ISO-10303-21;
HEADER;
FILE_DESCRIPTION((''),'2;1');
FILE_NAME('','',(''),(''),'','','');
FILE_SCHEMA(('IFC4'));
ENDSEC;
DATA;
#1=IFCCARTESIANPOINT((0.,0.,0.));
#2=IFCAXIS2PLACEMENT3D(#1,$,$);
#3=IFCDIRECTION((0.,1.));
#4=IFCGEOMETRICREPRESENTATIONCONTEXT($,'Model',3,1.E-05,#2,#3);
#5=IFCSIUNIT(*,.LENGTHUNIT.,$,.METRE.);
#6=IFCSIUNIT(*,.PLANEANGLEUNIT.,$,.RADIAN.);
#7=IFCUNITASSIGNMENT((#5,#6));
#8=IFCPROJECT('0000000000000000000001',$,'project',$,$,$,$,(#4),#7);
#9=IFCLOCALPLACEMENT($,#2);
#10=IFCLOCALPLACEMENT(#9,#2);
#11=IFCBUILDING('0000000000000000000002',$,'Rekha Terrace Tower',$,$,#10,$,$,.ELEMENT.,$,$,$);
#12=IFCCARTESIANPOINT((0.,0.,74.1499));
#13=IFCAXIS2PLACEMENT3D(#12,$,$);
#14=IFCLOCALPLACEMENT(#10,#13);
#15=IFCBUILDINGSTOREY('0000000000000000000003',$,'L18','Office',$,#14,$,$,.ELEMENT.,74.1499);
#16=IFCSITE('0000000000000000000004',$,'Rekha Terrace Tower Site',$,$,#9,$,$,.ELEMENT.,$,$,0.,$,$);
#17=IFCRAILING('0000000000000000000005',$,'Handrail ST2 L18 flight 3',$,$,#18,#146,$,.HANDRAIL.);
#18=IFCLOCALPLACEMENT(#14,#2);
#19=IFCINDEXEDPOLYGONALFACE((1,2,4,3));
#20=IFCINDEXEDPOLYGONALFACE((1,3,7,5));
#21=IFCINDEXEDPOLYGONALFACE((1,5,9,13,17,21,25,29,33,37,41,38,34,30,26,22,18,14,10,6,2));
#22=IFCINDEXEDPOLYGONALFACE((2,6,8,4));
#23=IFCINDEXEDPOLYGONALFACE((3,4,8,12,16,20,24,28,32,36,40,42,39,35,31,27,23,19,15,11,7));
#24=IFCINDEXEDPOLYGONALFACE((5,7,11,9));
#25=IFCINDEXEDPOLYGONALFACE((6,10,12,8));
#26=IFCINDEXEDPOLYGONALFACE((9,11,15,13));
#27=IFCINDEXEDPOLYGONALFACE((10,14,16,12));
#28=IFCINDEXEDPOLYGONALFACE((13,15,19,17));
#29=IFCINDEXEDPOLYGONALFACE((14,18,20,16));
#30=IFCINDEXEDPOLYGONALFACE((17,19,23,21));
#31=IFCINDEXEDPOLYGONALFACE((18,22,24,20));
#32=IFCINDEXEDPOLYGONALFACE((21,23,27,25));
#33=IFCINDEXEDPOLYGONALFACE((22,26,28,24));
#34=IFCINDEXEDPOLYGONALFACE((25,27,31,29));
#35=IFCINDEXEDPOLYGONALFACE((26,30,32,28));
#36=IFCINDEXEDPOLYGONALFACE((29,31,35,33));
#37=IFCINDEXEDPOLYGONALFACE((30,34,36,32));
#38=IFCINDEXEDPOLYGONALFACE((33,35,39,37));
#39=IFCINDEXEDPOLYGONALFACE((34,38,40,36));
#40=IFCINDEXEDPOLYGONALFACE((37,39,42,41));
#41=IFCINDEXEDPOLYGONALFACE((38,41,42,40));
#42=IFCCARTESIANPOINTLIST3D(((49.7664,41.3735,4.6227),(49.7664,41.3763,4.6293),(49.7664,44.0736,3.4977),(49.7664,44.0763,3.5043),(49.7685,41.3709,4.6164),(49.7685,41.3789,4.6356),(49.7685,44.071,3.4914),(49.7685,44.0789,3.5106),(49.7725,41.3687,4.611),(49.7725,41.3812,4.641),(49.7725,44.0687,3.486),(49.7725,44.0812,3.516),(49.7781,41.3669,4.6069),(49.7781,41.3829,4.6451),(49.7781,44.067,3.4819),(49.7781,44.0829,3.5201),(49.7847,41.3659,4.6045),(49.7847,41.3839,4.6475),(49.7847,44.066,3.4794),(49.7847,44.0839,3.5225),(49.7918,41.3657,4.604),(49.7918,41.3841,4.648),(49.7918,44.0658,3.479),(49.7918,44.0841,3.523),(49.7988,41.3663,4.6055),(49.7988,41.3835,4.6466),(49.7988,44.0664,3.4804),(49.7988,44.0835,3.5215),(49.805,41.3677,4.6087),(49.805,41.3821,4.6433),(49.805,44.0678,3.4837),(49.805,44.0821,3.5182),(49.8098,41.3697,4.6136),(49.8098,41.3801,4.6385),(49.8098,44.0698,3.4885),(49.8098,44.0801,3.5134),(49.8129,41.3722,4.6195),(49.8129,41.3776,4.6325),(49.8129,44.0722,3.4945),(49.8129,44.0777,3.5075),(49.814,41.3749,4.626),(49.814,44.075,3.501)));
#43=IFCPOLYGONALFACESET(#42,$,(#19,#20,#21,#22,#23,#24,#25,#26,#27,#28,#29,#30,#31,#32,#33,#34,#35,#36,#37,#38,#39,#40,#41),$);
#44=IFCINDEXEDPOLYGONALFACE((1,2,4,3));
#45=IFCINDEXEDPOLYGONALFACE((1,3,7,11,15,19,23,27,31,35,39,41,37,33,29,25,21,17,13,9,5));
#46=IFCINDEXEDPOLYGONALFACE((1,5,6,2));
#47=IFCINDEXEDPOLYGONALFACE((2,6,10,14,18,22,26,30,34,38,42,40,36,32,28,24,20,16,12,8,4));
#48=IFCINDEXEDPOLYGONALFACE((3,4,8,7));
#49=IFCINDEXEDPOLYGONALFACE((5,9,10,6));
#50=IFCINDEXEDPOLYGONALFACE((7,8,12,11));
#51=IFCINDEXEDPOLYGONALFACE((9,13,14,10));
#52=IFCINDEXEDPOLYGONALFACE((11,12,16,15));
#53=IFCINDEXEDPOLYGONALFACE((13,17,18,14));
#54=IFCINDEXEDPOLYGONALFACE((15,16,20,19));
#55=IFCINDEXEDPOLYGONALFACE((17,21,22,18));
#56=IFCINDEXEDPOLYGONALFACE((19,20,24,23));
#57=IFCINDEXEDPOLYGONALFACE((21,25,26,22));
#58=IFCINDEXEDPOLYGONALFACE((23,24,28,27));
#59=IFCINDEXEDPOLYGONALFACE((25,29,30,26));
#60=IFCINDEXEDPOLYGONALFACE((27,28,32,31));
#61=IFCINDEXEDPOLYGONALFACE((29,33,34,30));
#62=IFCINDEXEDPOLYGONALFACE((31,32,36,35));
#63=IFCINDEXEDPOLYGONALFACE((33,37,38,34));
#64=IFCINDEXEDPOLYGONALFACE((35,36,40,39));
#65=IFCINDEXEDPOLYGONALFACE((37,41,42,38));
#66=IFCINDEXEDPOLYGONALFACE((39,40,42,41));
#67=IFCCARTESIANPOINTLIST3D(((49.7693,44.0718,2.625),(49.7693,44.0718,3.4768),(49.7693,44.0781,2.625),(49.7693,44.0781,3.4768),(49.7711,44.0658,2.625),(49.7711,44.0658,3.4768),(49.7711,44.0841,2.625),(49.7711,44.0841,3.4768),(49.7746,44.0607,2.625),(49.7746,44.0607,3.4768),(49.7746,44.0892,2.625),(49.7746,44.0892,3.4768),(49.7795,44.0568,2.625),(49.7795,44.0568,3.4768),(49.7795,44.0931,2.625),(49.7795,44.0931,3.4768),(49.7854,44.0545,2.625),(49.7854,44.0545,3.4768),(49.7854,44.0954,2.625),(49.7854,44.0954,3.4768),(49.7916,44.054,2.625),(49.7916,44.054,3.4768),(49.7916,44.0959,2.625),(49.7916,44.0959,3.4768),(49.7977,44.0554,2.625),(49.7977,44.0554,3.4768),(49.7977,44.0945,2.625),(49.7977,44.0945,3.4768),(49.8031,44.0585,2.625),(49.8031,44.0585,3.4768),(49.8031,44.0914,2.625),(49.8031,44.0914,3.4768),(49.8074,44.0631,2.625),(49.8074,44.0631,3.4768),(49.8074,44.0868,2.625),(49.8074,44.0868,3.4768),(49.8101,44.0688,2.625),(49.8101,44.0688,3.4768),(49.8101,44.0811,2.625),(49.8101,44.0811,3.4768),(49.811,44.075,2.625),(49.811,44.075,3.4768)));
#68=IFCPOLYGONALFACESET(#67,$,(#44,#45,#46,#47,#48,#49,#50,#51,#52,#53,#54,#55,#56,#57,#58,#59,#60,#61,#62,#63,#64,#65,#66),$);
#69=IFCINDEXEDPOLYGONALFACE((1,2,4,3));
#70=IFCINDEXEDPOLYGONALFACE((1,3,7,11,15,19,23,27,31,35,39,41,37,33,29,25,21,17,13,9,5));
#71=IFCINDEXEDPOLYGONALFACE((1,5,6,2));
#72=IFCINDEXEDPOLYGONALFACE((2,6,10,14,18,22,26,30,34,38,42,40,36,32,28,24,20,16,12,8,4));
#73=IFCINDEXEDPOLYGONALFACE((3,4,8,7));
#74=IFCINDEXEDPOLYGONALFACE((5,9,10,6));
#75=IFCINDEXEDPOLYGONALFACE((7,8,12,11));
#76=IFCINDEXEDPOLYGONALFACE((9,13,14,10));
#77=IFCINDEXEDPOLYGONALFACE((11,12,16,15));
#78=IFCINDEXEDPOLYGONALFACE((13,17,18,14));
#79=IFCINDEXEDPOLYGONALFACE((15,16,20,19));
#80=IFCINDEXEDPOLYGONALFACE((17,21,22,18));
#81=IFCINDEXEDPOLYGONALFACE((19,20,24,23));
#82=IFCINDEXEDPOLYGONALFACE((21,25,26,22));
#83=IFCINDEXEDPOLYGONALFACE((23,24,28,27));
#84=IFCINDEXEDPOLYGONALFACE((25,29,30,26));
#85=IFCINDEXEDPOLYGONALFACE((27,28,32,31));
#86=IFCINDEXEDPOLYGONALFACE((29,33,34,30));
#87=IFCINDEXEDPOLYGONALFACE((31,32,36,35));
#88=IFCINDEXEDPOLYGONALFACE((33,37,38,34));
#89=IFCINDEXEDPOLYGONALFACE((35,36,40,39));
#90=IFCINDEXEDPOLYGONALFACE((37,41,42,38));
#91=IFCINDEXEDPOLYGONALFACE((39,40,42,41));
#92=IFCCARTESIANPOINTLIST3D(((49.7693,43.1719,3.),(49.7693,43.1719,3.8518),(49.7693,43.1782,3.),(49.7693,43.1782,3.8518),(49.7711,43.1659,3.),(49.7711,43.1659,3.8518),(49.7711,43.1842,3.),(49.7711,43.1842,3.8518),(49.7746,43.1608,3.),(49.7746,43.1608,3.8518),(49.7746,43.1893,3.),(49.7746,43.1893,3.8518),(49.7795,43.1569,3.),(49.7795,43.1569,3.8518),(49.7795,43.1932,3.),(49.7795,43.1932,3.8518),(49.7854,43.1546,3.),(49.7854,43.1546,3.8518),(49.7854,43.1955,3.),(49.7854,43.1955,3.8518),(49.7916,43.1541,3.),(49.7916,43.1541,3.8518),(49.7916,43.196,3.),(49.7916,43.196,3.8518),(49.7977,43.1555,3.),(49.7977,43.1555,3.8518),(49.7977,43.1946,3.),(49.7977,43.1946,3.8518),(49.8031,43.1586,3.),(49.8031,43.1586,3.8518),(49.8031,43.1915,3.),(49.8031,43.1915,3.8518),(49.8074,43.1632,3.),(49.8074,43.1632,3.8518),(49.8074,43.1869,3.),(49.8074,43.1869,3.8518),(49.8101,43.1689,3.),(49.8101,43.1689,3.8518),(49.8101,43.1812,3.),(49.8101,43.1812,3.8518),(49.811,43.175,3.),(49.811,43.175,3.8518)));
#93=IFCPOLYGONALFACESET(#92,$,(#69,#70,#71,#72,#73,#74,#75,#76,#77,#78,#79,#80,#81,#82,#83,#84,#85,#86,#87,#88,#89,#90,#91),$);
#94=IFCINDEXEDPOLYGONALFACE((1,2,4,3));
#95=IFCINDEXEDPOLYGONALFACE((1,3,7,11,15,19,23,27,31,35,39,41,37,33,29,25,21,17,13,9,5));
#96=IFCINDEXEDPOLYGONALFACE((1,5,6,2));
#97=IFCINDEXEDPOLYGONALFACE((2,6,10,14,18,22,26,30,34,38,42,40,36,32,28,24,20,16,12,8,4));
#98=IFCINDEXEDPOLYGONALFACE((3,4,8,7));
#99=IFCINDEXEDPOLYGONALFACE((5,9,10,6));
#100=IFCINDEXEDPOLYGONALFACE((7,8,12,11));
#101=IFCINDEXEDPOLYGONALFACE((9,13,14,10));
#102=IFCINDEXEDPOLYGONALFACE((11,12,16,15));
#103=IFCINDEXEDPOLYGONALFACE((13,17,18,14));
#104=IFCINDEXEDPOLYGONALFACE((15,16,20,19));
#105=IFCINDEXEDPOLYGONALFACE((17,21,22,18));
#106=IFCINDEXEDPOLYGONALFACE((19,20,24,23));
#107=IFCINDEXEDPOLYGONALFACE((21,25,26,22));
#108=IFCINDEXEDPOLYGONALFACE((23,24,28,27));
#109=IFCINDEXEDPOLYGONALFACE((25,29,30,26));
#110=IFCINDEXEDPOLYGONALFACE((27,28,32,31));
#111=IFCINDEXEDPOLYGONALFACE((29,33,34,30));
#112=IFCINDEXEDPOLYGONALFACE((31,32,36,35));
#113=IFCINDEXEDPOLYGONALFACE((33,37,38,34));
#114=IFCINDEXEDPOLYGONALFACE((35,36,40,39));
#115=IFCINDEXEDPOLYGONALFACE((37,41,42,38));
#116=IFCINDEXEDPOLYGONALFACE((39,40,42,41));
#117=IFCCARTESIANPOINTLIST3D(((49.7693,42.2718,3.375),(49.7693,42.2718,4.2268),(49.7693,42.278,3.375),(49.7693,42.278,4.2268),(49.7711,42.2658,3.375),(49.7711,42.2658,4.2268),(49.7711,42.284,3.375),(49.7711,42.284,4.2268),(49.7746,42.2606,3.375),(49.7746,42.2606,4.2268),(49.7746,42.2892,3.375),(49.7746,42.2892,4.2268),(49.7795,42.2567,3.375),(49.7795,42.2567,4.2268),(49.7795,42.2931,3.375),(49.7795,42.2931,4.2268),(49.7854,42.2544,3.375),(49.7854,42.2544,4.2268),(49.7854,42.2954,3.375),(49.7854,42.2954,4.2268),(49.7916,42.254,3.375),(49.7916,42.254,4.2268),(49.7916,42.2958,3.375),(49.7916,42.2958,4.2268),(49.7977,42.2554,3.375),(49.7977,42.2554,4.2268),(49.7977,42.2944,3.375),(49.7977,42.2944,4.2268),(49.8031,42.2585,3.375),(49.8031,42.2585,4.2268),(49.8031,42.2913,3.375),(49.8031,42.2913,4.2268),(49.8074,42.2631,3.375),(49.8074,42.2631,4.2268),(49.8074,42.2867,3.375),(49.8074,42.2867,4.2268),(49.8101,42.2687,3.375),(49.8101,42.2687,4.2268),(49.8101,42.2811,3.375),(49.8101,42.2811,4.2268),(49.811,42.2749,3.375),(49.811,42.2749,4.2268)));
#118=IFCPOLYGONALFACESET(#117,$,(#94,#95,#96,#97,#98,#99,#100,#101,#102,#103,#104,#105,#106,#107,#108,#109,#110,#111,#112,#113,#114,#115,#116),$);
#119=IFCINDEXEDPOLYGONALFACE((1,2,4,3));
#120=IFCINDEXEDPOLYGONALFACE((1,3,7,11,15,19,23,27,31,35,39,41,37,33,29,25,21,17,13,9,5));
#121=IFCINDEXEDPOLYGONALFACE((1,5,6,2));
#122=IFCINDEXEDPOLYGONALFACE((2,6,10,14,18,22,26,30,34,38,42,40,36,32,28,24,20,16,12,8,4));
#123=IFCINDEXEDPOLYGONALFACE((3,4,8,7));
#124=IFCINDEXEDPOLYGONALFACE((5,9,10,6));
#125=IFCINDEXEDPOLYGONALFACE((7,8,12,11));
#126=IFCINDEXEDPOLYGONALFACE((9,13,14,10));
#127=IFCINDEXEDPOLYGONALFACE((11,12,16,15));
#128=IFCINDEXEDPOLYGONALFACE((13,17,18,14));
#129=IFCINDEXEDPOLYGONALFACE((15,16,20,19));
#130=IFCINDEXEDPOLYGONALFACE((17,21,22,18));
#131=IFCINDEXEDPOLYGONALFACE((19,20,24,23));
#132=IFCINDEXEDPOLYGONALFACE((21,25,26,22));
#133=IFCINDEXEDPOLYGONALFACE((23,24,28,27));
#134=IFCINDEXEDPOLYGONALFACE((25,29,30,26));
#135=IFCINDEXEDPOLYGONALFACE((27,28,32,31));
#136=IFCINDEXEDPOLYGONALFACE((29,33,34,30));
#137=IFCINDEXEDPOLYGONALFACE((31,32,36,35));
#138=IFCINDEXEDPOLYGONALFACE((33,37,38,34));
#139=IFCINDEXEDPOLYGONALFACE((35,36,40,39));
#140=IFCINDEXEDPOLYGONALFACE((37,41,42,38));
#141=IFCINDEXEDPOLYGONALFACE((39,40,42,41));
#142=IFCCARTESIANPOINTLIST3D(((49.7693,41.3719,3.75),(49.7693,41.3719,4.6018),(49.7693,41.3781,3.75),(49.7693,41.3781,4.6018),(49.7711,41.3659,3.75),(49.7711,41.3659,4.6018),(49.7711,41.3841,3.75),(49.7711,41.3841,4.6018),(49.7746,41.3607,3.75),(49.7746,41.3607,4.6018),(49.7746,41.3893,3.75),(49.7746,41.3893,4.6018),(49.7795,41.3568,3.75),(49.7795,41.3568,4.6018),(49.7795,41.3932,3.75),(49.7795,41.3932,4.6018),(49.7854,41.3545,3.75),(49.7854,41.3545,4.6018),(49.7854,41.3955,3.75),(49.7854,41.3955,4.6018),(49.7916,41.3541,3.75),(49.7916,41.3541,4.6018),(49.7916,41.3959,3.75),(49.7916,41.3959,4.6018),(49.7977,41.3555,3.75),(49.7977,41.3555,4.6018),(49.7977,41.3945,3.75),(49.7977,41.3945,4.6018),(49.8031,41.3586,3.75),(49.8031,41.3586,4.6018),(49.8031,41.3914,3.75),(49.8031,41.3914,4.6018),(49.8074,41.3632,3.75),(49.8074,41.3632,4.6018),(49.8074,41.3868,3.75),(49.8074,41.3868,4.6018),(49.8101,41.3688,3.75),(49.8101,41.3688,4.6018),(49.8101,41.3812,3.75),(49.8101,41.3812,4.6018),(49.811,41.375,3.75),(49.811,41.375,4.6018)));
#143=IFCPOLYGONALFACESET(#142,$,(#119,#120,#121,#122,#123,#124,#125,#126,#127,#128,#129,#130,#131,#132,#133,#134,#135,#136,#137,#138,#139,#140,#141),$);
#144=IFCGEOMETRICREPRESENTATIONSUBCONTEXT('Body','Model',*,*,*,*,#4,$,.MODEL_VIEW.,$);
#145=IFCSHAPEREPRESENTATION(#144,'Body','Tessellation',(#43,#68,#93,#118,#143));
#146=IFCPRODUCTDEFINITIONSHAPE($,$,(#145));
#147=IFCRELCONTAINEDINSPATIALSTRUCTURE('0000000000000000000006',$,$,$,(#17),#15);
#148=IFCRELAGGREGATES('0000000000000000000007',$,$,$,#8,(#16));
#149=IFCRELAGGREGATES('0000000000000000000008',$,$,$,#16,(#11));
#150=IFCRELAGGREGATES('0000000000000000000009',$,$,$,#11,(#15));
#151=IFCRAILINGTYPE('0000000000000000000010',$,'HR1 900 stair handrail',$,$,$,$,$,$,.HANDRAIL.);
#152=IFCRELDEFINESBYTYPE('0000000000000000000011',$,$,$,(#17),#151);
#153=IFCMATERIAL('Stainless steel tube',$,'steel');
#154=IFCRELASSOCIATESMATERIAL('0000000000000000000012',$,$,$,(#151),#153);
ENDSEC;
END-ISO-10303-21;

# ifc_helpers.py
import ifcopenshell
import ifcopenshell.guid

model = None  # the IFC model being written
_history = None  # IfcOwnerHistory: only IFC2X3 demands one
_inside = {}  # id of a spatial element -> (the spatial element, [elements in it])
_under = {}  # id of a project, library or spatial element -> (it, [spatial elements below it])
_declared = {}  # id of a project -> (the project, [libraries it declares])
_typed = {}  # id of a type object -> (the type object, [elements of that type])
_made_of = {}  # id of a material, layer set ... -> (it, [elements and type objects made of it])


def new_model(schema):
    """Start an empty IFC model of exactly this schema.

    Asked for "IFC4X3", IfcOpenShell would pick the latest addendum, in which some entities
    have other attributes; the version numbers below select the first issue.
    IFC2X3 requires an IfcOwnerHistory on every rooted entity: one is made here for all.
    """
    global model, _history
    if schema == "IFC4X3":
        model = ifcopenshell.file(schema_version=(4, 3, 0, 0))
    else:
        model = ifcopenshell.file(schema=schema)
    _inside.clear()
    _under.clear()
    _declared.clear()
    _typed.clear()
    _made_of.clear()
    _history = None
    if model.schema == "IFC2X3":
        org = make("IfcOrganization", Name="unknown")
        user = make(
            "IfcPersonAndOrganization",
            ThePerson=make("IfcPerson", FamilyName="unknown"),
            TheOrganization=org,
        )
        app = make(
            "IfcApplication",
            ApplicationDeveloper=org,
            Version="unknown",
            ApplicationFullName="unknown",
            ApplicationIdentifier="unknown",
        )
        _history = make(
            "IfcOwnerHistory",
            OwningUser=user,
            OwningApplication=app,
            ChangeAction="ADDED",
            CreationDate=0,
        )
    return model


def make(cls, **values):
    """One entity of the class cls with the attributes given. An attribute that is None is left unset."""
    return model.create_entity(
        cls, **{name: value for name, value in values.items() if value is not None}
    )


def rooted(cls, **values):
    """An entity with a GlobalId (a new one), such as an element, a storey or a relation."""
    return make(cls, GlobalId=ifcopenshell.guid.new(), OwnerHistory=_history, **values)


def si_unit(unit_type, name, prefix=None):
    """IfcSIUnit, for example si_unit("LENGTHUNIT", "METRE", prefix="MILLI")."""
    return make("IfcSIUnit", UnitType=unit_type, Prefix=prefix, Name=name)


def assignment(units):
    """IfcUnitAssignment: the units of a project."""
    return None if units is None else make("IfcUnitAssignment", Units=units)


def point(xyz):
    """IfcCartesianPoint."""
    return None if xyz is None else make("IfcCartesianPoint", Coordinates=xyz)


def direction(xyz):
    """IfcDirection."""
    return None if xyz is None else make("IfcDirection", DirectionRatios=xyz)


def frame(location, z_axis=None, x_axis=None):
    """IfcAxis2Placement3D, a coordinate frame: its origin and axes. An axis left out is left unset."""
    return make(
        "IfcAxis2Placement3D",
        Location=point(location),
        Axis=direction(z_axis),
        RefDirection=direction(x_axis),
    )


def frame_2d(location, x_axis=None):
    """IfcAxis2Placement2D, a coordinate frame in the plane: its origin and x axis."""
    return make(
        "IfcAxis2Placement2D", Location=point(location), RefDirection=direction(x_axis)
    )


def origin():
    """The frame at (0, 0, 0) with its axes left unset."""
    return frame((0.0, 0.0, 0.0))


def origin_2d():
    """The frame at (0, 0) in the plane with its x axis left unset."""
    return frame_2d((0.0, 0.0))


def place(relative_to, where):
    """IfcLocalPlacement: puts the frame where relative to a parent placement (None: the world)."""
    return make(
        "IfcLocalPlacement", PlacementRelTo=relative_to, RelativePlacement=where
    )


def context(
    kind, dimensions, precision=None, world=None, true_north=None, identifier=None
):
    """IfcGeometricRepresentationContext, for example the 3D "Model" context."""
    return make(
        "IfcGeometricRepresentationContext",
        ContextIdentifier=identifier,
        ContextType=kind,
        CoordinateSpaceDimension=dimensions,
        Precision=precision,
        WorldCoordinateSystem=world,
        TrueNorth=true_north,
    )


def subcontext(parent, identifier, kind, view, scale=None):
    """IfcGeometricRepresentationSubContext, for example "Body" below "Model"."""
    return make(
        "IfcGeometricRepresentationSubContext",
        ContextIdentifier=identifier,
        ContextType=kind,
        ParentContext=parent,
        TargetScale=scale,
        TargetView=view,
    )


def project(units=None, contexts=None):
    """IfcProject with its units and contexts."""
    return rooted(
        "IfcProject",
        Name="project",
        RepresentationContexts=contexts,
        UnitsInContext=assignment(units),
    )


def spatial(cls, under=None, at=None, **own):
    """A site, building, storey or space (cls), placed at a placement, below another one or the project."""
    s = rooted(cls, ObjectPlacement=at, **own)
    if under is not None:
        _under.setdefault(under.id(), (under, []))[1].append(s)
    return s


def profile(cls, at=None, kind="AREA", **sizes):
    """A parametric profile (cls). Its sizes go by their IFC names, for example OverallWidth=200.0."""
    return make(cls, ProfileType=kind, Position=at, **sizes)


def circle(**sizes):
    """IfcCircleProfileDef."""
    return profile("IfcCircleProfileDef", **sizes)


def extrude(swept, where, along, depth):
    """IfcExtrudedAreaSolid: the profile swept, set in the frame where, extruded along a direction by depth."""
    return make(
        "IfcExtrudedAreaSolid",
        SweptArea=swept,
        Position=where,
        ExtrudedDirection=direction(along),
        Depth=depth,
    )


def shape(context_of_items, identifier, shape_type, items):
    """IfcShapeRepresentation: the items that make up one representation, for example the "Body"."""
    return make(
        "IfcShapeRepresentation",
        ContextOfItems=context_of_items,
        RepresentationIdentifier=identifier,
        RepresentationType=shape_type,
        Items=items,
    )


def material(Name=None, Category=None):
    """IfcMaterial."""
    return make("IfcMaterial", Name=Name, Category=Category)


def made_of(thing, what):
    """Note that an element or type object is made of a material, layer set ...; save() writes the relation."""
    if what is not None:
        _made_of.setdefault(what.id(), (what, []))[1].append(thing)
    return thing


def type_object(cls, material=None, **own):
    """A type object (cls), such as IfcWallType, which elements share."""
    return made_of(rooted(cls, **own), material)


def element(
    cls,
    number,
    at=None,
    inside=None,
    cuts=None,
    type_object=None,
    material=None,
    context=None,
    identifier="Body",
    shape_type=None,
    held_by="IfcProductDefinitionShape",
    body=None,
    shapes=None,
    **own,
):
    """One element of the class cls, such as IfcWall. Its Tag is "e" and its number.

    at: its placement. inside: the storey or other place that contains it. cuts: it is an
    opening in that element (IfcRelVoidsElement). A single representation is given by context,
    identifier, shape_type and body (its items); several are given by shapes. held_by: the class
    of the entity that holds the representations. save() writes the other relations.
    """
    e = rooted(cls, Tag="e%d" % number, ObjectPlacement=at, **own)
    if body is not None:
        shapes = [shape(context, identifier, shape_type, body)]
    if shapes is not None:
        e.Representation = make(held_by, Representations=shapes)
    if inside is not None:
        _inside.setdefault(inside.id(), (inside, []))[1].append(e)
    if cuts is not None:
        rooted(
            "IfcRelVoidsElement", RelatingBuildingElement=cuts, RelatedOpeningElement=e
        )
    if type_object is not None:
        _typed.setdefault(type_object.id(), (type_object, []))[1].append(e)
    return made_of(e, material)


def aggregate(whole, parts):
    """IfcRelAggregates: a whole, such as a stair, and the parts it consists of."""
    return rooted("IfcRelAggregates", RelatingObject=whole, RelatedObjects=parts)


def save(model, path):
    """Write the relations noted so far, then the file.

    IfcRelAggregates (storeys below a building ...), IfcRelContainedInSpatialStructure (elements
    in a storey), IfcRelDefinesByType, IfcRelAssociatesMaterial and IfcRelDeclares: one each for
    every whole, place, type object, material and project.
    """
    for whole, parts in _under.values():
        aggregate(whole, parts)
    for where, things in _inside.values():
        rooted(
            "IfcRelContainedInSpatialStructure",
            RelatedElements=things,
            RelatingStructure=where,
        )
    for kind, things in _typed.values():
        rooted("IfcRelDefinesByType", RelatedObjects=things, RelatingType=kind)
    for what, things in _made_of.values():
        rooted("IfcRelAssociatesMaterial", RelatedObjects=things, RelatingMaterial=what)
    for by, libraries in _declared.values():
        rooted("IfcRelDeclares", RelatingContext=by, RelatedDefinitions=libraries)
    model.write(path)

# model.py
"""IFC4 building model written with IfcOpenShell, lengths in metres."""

from ifc_helpers import new_model, si_unit, direction, frame, origin, origin_2d, place, context, subcontext, project, spatial, circle, extrude, material, type_object, element, save


model = new_model("IFC4")

# Units and contexts
model_context = context("Model", 3, precision=1e-05, world=origin(), true_north=direction((0.0, 1.0)))
body_context = subcontext(model_context, "Body", "Model", "MODEL_VIEW")
ifc_project = project(units=[si_unit("LENGTHUNIT", "METRE"), si_unit("PLANEANGLEUNIT", "RADIAN")], contexts=[model_context])

# Site, building, storey
site_placement = place(None, origin())
site = spatial("IfcSite", under=ifc_project, at=site_placement, Name="Rekha Terrace Tower Site", CompositionType="ELEMENT", RefElevation=0.0)
building_placement = place(site_placement, origin())
building = spatial("IfcBuilding", under=site, at=building_placement, Name="Rekha Terrace Tower", CompositionType="ELEMENT")
storey_placement = place(building_placement, frame((0.0, 0.0, 74.1499)))
storey = spatial("IfcBuildingStorey", under=building, at=storey_placement, Name="L18", Description="Office", CompositionType="ELEMENT", Elevation=74.1499)

# Railing
ifc_material_1 = material(Name="Stainless steel tube", Category="steel")
railing_type_1 = type_object("IfcRailingType", Name="HR1 900 stair handrail", PredefinedType="HANDRAIL", material=ifc_material_1)
railing_1_placement = place(storey_placement, frame((49.79, 44.075, 2.625)))
element("IfcRailing", 1, at=railing_1_placement, inside=storey, type_object=railing_type_1, Name="Handrail ST2 L18 flight 3", PredefinedType="HANDRAIL", context=body_context, shape_type="SweptSolid", body=[
    extrude(circle(Radius=0.0239, at=origin_2d()), frame((0.0, 0.0, 0.876), z_axis=(0.0, -0.923074, 0.384621), x_axis=(1.0, 0.0, 0.0)), (0.0, 0.0, 1.0), 2.925),
    extrude(circle(Radius=0.021, at=origin_2d()), origin(), (0.0, 0.0, 1.0), 0.8518),
    extrude(circle(Radius=0.021, at=origin_2d()), frame((0.0, -0.8999, 0.375)), (0.0, 0.0, 1.0), 0.8518),
    extrude(circle(Radius=0.021, at=origin_2d()), frame((0.0, -1.8, 0.75)), (0.0, 0.0, 1.0), 0.8518),
    extrude(circle(Radius=0.021, at=origin_2d()), frame((0.0, -2.7, 1.125)), (0.0, 0.0, 1.0), 0.8518),
])

save(model, "model.ifc")
